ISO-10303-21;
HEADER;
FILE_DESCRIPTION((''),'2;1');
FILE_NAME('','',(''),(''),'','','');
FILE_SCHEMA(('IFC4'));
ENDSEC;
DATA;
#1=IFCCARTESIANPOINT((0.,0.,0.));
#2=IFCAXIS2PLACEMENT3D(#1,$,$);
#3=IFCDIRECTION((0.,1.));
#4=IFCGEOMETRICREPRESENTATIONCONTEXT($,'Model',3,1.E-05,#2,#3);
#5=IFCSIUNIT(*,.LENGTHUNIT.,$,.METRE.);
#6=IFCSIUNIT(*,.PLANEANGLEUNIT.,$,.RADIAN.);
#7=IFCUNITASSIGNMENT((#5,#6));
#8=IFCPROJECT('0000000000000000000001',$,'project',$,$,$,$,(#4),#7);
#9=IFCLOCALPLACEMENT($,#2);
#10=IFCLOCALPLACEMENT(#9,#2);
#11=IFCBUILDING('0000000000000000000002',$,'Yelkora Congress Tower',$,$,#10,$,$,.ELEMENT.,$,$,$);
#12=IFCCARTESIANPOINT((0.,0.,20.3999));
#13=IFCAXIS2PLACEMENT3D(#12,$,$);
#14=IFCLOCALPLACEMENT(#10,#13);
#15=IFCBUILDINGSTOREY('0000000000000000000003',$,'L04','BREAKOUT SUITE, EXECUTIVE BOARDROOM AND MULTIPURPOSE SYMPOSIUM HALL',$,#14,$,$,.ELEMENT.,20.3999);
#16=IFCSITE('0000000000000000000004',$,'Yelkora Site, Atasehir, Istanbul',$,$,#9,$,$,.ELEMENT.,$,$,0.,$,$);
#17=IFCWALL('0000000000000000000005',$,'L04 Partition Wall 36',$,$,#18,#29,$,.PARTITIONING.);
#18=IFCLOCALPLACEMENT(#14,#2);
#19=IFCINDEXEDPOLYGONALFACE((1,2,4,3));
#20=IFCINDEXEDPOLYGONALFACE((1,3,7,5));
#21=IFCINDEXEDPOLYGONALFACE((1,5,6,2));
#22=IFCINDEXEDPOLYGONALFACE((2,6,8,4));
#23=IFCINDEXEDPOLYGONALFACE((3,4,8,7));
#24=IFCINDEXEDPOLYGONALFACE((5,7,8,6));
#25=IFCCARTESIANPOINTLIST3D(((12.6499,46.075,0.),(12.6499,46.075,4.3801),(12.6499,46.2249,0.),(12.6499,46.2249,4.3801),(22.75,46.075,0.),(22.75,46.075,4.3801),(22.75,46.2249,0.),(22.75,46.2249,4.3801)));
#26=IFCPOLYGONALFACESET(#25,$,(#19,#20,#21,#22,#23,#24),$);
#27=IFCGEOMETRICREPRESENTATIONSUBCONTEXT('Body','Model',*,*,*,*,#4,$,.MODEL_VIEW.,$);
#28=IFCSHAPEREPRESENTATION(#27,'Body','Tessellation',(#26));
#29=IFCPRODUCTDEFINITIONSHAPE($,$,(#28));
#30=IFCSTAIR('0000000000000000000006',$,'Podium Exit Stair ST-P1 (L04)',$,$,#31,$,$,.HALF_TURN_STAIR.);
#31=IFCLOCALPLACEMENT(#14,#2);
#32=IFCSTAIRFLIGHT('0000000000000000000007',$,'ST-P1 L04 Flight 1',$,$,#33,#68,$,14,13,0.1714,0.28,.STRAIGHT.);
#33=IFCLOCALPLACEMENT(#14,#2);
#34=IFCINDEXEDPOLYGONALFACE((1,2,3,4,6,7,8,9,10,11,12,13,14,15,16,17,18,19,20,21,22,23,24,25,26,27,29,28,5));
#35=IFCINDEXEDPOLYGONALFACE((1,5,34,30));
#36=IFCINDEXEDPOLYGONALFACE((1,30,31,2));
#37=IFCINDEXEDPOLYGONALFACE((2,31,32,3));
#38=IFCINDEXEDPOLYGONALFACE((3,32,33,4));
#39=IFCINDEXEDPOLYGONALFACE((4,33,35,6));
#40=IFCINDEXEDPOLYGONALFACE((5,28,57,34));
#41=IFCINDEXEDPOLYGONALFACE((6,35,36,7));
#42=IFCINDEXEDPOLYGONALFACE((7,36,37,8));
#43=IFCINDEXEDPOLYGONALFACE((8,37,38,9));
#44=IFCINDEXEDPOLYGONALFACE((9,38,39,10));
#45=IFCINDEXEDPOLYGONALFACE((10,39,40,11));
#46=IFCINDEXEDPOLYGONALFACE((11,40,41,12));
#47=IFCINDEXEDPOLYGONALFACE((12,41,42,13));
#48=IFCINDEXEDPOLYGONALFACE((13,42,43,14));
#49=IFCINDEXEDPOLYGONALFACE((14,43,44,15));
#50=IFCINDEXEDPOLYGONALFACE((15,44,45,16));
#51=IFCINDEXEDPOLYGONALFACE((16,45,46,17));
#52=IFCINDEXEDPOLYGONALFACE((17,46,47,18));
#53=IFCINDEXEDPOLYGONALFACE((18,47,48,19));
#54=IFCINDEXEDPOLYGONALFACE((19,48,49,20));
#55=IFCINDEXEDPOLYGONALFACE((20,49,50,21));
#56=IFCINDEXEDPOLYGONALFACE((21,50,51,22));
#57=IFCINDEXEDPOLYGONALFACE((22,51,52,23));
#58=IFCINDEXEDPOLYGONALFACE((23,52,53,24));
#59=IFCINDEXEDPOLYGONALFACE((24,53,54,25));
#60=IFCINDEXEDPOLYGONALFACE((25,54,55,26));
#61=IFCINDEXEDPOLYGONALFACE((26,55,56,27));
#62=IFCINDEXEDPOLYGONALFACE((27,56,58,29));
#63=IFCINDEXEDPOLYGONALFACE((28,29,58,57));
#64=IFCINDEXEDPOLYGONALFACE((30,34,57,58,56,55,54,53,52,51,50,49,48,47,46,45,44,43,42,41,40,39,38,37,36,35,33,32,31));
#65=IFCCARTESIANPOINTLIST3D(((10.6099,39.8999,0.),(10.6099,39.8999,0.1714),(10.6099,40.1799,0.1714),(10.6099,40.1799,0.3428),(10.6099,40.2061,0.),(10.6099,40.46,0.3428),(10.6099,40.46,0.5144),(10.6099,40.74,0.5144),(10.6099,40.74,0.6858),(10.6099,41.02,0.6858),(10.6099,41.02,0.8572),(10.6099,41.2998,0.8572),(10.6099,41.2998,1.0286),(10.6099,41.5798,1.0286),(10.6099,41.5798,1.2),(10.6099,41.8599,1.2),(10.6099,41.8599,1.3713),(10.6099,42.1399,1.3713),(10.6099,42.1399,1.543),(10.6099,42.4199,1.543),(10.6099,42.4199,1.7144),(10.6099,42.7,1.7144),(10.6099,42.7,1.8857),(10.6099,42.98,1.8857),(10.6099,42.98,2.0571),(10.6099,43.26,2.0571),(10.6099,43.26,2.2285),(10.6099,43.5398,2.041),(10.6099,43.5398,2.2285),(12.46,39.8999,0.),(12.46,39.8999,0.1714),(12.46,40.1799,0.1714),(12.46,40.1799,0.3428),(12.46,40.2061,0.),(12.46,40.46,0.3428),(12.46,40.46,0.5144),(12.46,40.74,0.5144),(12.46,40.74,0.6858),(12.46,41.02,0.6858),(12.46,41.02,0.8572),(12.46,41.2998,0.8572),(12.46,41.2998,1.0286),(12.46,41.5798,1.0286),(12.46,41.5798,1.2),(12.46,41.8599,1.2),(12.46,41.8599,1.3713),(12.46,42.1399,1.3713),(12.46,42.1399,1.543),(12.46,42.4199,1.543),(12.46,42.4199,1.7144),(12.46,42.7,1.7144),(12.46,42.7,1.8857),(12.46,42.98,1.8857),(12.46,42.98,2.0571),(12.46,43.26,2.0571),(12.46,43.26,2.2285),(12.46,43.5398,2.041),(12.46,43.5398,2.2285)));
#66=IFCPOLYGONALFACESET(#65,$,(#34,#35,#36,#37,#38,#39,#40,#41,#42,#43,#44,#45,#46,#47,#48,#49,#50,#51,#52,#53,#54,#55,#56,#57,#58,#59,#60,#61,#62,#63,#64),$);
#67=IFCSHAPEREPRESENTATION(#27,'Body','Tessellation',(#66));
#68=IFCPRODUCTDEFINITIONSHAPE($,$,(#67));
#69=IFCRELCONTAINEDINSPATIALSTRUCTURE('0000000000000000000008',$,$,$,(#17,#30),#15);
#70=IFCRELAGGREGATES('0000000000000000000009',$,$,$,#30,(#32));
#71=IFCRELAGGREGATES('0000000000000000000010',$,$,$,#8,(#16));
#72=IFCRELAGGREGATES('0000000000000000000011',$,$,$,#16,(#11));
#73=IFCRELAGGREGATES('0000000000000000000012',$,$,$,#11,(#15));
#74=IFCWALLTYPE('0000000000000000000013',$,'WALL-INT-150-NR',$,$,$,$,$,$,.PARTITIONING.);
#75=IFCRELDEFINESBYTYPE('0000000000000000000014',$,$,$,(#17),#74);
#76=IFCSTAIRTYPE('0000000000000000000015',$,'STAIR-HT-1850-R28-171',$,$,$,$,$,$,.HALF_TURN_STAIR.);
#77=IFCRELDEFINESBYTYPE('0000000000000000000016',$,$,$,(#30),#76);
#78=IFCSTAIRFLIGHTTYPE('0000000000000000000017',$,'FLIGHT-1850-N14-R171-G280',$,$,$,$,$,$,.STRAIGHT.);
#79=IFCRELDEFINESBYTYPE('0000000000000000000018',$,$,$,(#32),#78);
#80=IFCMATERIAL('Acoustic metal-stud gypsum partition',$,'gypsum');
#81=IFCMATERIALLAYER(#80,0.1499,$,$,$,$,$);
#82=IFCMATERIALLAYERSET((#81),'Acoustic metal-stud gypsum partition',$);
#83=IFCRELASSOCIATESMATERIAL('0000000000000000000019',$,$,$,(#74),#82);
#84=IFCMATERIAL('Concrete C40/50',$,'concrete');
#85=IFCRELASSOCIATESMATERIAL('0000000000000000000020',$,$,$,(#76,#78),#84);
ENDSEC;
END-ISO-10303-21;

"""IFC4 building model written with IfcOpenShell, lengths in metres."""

from ifc_helpers import new_model, si_unit, direction, frame, frame_2d, origin, place, context, subcontext, project, spatial, polyline, rectangle, outline, extrude, material, layer, layer_set, type_object, element, aggregate, save


model = new_model("IFC4")

# Units and contexts
model_context = context("Model", 3, precision=1e-05, world=origin(), true_north=direction((0.0, 1.0)))
body_context = subcontext(model_context, "Body", "Model", "MODEL_VIEW")
ifc_project = project(units=[si_unit("LENGTHUNIT", "METRE"), si_unit("PLANEANGLEUNIT", "RADIAN")], contexts=[model_context])

# Site, building, storey
site_placement = place(None, origin())
site = spatial("IfcSite", under=ifc_project, at=site_placement, Name="Yelkora Site, Atasehir, Istanbul", CompositionType="ELEMENT", RefElevation=0.0)
building_placement = place(site_placement, origin())
building = spatial("IfcBuilding", under=site, at=building_placement, Name="Yelkora Congress Tower", CompositionType="ELEMENT")
storey_placement = place(building_placement, frame((0.0, 0.0, 20.3999)))
storey = spatial("IfcBuildingStorey", under=building, at=storey_placement, Name="L04", Description="BREAKOUT SUITE, EXECUTIVE BOARDROOM AND MULTIPURPOSE SYMPOSIUM HALL", CompositionType="ELEMENT", Elevation=20.3999)

# Shared definitions
ifc_material_1 = material(Name="Acoustic metal-stud gypsum partition", Category="gypsum")
ifc_layer_1 = layer(ifc_material_1, 0.1499)
ifc_layer_set_1 = layer_set([ifc_layer_1], Name="Acoustic metal-stud gypsum partition")
wall_type_1 = type_object("IfcWallType", Name="WALL-INT-150-NR", PredefinedType="PARTITIONING", material=ifc_layer_set_1)

# Wall
wall_1_placement = place(storey_placement, frame((12.6499, 46.1499, 0.0), z_axis=(0.0, 0.0, 1.0), x_axis=(1.0, 0.0, 0.0)))
element("IfcWall", 1, at=wall_1_placement, inside=storey, type_object=wall_type_1, Name="L04 Partition Wall 36", PredefinedType="PARTITIONING", context=body_context, shape_type="SweptSolid", body=[
    extrude(rectangle(XDim=10.1001, YDim=0.1499, at=frame_2d((5.05, 0.0))), origin(), (0.0, 0.0, 1.0), 4.3801),
])

# Stair, stair flight
ifc_material_2 = material(Name="Concrete C40/50", Category="concrete")
stair_type = type_object("IfcStairType", Name="STAIR-HT-1850-R28-171", PredefinedType="HALF_TURN_STAIR", material=ifc_material_2)
stair_placement = place(storey_placement, origin())
stair = element("IfcStair", 2, at=stair_placement, inside=storey, type_object=stair_type, Name="Podium Exit Stair ST-P1 (L04)", PredefinedType="HALF_TURN_STAIR")
stair_flight_type = type_object("IfcStairFlightType", Name="FLIGHT-1850-N14-R171-G280", PredefinedType="STRAIGHT", material=ifc_material_2)
stair_flight_placement = place(storey_placement, frame((11.5349, 39.8999, 0.0), z_axis=(0.0, 0.0, 1.0), x_axis=(0.0, 1.0, 0.0)))
stair_flight = element("IfcStairFlight", 3, at=stair_flight_placement, type_object=stair_flight_type, Name="ST-P1 L04 Flight 1", NumberOfRisers=14, NumberOfTreads=13, PredefinedType="STRAIGHT", RiserHeight=0.1714, TreadLength=0.28, context=body_context, shape_type="SweptSolid", body=[
    extrude(outline(polyline([(0.0, 0.0), (0.0, 0.1714), (0.28, 0.1714), (0.28, 0.3428), (0.5601, 0.3428), (0.5601, 0.5144), (0.8401, 0.5144), (0.8401, 0.6858), (1.1201, 0.6858), (1.1201, 0.8572), (1.3999, 0.8572), (1.3999, 1.0286), (1.6799, 1.0286), (1.6799, 1.2), (1.96, 1.2), (1.96, 1.3713), (2.24, 1.3713), (2.24, 1.543), (2.52, 1.543), (2.52, 1.7144), (2.8, 1.7144), (2.8, 1.8857), (3.0801, 1.8857), (3.0801, 2.0571), (3.3601, 2.0571), (3.3601, 2.2285), (3.6399, 2.2285), (3.6399, 2.3999), (3.6399, 2.041), (0.3062, 0.0), (0.0, 0.0)])), frame((0.0, 0.925, 0.0), z_axis=(0.0, -1.0, 0.0), x_axis=(1.0, 0.0, 0.0)), (0.0, 0.0, 1.0), 1.8501),
])
aggregate(stair, [stair_flight])

save(model, "model.ifc")
